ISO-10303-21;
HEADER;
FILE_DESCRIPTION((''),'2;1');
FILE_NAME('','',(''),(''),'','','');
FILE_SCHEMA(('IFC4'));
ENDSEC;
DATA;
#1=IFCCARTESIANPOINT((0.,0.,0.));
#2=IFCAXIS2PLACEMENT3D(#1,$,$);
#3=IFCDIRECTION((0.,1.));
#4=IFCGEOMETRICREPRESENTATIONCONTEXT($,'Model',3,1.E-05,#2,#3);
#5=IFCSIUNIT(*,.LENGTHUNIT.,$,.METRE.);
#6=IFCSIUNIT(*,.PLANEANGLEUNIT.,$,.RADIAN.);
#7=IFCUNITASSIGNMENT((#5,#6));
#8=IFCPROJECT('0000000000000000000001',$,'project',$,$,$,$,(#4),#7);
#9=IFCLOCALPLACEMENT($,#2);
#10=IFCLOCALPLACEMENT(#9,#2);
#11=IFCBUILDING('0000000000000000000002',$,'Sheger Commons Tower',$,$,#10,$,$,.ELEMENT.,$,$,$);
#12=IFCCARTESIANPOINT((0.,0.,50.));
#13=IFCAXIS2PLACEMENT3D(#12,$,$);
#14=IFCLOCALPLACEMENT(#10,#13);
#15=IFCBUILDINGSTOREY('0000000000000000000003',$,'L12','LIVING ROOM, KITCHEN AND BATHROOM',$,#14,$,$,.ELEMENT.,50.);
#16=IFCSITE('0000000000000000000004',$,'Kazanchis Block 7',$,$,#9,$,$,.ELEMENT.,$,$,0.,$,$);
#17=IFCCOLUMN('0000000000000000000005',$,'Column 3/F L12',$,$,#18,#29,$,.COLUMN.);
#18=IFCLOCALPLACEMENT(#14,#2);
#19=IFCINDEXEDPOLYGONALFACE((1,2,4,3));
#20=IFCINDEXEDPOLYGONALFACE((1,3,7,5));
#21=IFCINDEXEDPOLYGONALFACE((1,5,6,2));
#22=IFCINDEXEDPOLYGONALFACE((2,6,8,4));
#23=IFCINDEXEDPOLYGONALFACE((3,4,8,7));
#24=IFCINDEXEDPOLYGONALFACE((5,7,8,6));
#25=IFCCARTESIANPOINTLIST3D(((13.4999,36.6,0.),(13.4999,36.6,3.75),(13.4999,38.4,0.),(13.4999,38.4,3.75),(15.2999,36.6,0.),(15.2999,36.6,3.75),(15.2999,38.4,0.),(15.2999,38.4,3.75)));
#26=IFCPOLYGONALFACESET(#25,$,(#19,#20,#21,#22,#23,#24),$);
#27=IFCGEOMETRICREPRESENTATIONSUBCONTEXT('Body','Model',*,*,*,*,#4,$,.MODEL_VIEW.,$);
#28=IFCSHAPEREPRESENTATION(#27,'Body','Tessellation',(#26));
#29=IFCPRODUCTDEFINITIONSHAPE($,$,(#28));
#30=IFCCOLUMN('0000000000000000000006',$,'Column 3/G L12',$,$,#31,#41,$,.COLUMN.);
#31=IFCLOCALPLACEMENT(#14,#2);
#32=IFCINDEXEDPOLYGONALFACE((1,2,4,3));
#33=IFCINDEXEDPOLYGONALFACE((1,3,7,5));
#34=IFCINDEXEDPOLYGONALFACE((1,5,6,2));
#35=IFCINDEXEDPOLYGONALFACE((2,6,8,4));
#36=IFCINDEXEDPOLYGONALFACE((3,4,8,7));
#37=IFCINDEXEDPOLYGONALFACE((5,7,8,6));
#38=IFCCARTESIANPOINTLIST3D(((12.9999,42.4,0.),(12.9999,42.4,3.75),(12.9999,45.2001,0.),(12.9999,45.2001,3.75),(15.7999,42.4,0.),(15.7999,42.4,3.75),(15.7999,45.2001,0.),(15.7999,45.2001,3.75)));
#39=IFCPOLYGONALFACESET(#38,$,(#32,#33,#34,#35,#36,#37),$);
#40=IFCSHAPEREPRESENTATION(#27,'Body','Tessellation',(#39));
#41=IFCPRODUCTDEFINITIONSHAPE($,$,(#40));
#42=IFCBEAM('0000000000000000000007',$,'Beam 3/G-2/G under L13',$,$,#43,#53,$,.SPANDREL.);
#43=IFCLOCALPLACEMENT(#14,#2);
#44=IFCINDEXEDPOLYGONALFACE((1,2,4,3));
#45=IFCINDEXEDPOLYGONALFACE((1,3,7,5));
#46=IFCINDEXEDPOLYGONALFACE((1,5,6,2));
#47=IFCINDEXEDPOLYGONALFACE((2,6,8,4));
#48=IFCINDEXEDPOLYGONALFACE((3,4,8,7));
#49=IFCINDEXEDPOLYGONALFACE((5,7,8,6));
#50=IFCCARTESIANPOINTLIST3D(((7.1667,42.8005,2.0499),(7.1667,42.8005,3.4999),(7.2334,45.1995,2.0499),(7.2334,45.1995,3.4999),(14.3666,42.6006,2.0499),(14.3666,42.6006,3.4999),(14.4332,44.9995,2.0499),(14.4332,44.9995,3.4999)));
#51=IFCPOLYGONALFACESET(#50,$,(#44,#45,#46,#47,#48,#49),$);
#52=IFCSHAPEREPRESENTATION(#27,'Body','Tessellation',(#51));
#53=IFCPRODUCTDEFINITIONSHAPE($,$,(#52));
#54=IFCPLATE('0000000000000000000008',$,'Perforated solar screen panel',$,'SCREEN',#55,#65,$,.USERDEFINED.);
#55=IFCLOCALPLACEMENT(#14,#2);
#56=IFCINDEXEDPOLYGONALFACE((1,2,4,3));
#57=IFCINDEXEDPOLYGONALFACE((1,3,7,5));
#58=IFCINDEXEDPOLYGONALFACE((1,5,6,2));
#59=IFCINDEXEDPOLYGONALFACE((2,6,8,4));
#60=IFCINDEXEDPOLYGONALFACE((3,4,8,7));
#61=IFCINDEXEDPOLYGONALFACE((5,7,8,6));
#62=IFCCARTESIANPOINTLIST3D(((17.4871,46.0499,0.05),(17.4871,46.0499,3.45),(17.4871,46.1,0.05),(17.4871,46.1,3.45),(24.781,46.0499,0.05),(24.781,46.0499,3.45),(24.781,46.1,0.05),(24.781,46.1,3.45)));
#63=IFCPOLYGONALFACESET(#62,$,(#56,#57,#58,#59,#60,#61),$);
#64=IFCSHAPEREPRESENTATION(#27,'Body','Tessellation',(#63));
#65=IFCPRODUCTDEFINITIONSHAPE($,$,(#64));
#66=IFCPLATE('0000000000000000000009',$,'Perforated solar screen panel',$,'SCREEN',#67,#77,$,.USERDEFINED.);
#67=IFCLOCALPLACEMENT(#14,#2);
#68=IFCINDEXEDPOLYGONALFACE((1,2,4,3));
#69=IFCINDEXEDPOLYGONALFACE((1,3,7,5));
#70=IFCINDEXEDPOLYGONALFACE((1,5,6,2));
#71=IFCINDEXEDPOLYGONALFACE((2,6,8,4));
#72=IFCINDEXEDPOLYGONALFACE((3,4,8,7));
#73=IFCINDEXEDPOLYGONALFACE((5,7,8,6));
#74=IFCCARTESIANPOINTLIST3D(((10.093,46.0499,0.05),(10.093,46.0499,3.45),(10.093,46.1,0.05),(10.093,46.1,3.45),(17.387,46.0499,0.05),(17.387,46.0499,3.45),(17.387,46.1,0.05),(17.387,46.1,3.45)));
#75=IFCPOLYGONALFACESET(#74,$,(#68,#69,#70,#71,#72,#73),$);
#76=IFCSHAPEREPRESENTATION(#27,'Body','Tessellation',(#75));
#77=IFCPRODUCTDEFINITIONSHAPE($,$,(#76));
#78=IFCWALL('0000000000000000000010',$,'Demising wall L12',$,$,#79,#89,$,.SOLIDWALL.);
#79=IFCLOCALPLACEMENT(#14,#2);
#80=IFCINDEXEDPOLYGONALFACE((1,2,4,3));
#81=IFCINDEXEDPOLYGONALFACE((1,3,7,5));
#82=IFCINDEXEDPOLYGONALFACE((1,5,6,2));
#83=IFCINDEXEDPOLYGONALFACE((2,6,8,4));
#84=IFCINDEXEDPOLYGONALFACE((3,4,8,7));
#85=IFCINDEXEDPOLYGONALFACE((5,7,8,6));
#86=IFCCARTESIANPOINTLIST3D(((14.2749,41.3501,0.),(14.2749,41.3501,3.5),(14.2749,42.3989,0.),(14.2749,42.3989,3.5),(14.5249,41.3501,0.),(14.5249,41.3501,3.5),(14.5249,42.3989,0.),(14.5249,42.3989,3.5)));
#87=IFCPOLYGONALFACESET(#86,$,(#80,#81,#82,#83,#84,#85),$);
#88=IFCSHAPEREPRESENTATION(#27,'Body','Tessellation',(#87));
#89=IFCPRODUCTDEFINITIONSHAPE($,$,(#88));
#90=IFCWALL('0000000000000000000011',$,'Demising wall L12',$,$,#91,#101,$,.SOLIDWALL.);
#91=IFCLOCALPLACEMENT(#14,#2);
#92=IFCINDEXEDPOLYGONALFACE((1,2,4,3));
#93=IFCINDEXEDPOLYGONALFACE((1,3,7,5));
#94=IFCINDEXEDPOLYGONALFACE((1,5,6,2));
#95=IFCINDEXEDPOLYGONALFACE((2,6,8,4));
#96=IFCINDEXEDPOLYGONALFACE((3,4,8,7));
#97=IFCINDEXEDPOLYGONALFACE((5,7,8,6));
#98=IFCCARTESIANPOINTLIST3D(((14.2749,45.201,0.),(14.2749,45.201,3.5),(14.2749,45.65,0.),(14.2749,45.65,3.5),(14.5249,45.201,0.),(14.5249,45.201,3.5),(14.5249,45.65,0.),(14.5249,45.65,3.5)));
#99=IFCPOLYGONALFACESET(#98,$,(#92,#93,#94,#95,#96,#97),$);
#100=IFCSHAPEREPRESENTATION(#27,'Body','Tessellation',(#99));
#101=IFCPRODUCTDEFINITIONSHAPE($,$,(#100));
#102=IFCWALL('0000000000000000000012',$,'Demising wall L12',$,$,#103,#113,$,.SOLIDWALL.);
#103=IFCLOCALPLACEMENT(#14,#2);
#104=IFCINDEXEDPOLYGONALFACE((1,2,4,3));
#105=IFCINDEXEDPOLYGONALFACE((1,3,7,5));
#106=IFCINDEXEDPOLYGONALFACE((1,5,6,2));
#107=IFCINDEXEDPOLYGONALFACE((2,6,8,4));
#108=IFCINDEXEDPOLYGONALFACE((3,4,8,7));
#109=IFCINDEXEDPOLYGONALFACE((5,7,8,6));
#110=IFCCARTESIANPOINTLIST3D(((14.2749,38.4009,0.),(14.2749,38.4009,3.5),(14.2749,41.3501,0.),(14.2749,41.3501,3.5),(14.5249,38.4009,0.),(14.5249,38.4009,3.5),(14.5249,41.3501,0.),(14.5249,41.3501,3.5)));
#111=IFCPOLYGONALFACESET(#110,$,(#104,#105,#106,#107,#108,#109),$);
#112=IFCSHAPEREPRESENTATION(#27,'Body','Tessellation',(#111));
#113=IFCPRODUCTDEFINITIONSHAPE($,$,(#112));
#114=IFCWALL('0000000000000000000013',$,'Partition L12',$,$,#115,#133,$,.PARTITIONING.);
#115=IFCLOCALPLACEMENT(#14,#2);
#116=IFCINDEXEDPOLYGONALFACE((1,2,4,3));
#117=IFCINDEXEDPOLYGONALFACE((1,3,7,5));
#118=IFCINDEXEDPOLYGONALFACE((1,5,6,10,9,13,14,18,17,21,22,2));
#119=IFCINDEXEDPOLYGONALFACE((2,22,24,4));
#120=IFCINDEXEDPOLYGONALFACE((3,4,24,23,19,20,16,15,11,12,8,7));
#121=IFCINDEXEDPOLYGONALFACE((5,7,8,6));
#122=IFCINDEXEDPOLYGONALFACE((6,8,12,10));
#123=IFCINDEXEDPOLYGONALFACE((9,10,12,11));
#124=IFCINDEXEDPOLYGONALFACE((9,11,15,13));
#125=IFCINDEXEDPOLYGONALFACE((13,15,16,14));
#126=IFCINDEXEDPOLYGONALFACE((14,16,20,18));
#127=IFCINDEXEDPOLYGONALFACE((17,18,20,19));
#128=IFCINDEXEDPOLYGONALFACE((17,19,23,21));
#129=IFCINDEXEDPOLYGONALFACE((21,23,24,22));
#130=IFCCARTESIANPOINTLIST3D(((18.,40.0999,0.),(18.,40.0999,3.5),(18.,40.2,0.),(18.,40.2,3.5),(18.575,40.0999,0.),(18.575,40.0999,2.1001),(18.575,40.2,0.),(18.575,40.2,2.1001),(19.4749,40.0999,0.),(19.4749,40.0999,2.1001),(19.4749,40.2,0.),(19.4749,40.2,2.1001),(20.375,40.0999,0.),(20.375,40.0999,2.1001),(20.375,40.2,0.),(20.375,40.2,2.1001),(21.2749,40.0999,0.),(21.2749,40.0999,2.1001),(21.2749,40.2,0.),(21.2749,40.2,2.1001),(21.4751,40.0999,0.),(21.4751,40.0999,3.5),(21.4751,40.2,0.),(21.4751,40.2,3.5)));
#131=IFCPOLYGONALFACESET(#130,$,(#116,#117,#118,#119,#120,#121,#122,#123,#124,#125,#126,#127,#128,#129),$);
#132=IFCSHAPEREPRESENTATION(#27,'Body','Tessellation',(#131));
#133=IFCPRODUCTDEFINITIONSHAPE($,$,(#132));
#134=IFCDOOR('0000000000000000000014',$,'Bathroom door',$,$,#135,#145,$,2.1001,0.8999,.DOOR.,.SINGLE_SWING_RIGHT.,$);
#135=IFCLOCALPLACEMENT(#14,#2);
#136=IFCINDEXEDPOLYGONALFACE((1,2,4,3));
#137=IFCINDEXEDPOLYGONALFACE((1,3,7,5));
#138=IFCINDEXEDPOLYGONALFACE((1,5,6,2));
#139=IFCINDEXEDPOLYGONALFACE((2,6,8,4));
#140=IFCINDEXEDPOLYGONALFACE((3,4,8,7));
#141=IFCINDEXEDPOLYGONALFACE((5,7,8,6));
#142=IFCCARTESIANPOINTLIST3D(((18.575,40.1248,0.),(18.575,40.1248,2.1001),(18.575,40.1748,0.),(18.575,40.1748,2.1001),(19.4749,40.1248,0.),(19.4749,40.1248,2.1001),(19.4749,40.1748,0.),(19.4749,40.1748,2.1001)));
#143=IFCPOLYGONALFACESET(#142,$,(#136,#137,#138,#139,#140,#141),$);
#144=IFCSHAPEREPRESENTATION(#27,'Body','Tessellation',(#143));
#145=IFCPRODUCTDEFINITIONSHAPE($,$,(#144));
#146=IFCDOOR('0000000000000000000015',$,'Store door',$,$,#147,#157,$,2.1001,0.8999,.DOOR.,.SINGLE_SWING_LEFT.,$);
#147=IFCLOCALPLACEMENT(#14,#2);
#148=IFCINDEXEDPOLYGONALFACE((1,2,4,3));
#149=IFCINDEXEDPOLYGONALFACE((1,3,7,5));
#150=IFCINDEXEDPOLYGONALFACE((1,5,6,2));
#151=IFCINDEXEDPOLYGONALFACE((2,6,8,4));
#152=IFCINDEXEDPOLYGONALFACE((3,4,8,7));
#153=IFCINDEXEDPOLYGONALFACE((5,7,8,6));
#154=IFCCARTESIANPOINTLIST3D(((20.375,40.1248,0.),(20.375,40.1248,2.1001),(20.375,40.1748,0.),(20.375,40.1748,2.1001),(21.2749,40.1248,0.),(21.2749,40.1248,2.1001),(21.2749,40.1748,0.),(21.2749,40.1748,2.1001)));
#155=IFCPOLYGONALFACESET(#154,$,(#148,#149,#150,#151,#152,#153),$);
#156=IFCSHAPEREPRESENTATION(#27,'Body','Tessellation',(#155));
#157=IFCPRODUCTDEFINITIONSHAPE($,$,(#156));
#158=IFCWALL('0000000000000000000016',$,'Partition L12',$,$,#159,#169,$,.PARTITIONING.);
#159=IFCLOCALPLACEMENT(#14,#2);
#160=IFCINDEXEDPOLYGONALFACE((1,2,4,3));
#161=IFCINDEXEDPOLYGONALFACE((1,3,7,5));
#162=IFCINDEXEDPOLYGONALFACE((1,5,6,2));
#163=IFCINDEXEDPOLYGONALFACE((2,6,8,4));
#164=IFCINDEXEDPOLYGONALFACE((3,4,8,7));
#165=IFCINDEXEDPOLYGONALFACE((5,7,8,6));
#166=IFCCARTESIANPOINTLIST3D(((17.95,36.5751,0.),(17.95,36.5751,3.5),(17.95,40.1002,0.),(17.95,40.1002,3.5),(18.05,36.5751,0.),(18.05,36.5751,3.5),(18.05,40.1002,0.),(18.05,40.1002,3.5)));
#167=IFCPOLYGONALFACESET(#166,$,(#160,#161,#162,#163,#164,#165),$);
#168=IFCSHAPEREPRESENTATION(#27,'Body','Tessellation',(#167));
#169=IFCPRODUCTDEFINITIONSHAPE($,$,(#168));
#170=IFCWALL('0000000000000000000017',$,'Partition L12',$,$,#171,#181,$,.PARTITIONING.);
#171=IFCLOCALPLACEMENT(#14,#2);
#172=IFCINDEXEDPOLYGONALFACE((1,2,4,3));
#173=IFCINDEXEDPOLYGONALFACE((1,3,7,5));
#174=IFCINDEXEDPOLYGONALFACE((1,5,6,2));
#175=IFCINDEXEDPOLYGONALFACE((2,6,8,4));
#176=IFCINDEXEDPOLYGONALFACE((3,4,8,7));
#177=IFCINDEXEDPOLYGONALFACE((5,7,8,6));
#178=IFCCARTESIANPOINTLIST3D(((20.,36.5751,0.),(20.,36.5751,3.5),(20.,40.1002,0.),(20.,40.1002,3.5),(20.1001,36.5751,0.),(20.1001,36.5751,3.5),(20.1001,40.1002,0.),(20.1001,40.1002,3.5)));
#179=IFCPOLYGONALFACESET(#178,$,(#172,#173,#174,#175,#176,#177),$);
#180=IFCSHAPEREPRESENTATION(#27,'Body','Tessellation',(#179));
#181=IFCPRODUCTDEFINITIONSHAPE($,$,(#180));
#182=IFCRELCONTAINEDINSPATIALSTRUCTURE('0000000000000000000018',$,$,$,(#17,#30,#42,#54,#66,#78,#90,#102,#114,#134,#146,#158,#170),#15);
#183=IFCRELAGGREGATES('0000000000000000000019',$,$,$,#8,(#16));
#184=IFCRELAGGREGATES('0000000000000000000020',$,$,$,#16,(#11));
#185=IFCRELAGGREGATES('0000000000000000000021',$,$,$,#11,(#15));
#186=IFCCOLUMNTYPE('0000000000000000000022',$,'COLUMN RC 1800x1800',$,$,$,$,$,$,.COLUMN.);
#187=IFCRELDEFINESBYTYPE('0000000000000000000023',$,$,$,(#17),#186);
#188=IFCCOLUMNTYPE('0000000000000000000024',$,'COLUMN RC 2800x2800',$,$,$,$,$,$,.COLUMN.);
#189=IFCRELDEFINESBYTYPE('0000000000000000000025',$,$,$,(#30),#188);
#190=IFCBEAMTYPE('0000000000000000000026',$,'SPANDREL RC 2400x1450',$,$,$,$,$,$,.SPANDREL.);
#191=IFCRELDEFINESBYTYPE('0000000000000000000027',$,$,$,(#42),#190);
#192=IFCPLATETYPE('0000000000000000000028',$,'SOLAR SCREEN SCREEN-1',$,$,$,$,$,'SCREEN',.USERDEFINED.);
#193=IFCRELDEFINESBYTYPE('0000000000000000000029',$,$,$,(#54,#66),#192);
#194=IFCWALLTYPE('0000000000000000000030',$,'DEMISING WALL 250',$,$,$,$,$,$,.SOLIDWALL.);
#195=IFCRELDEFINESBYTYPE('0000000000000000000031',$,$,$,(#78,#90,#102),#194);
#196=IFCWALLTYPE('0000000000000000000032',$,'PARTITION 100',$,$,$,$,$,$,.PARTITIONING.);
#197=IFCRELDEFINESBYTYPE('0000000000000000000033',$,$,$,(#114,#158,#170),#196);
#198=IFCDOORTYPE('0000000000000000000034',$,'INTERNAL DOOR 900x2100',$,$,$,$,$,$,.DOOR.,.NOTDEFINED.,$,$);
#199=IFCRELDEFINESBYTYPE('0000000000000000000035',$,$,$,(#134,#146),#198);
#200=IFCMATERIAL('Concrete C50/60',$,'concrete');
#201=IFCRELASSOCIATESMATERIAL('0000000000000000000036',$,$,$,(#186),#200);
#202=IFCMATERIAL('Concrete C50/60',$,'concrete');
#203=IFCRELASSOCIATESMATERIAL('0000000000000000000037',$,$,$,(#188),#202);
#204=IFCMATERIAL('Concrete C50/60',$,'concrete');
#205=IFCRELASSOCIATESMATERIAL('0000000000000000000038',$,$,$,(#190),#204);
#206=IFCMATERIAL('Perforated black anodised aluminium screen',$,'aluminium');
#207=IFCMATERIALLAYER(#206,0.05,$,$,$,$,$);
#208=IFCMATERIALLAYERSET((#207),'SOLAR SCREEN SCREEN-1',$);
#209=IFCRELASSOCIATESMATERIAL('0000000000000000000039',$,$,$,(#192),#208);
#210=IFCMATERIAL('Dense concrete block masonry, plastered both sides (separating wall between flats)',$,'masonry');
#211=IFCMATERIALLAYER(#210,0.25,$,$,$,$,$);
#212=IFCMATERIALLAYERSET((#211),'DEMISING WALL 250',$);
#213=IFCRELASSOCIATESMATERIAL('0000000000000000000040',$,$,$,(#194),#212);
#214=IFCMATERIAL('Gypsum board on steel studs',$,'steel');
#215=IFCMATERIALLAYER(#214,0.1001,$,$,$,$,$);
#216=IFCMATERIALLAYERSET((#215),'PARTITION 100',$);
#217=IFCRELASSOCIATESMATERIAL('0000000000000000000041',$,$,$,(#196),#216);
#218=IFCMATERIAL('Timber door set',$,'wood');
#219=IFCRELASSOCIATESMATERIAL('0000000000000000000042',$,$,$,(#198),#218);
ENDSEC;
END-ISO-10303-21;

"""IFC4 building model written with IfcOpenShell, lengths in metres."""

from ifc_helpers import new_model, si_unit, direction, frame, frame_2d, origin, origin_2d, place, context, subcontext, project, spatial, rectangle, extrude, material, layer, layer_set, material_profile, profile_set, type_object, element, fill, save


model = new_model("IFC4")

# Units and contexts
model_context = context("Model", 3, precision=1e-05, world=origin(), true_north=direction((0.0, 1.0)))
body_context = subcontext(model_context, "Body", "Model", "MODEL_VIEW")
ifc_project = project(units=[si_unit("LENGTHUNIT", "METRE"), si_unit("PLANEANGLEUNIT", "RADIAN")], contexts=[model_context])

# Site, building, storey
site_placement = place(None, origin())
site = spatial("IfcSite", under=ifc_project, at=site_placement, Name="Kazanchis Block 7", CompositionType="ELEMENT", RefElevation=0.0)
building_placement = place(site_placement, origin())
building = spatial("IfcBuilding", under=site, at=building_placement, Name="Sheger Commons Tower", CompositionType="ELEMENT")
storey_placement = place(building_placement, frame((0.0, 0.0, 50.0)))
storey = spatial("IfcBuildingStorey", under=building, at=storey_placement, Name="L12", Description="LIVING ROOM, KITCHEN AND BATHROOM", CompositionType="ELEMENT", Elevation=50.0)

# Columns
ifc_material_1 = material(Name="Concrete C50/60", Category="concrete")
ifc_material_profile_1 = material_profile(ifc_material_1, rectangle(XDim=1.8, YDim=1.8, at=origin_2d()), Name="RC 1800x1800")
ifc_profile_set_1 = profile_set([ifc_material_profile_1], Name="Concrete C50/60")
column_type_1 = type_object("IfcColumnType", Name="COLUMN RC 1800x1800", PredefinedType="COLUMN", material=ifc_profile_set_1)
column_1_placement = place(storey_placement, frame((14.3999, 37.5, 0.0), z_axis=(0.0, 0.0, 1.0), x_axis=(1.0, 0.0, 0.0)))
element("IfcColumn", 1, at=column_1_placement, inside=storey, type_object=column_type_1, Name="Column 3/F L12", PredefinedType="COLUMN", context=body_context, shape_type="SweptSolid", body=[
    extrude(rectangle(XDim=1.8, YDim=1.8, at=origin_2d()), origin(), (0.0, 0.0, 1.0), 3.75),
])
ifc_material_2 = material(Name="Concrete C50/60", Category="concrete")
ifc_material_profile_2 = material_profile(ifc_material_2, rectangle(XDim=2.8, YDim=2.8, at=origin_2d()), Name="RC 2800x2800")
ifc_profile_set_2 = profile_set([ifc_material_profile_2], Name="Concrete C50/60")
column_type_2 = type_object("IfcColumnType", Name="COLUMN RC 2800x2800", PredefinedType="COLUMN", material=ifc_profile_set_2)
column_2_placement = place(storey_placement, frame((14.3999, 43.8, 0.0), z_axis=(0.0, 0.0, 1.0), x_axis=(1.0, 0.0, 0.0)))
element("IfcColumn", 2, at=column_2_placement, inside=storey, type_object=column_type_2, Name="Column 3/G L12", PredefinedType="COLUMN", context=body_context, shape_type="SweptSolid", body=[
    extrude(rectangle(XDim=2.8, YDim=2.8, at=origin_2d()), origin(), (0.0, 0.0, 1.0), 3.75),
])

# Beam
ifc_material_3 = material(Name="Concrete C50/60", Category="concrete")
ifc_material_profile_3 = material_profile(ifc_material_3, rectangle(XDim=2.3999, YDim=1.45, at=origin_2d()), Name="RC 2400x1450")
ifc_profile_set_3 = profile_set([ifc_material_profile_3], Name="Concrete C50/60")
beam_type = type_object("IfcBeamType", Name="SPANDREL RC 2400x1450", PredefinedType="SPANDREL", material=ifc_profile_set_3)
beam_placement = place(storey_placement, frame((14.3999, 43.8, 2.7749), z_axis=(-0.999615, 0.02776, 0.0), x_axis=(-0.02776, -0.999615, 0.0)))
element("IfcBeam", 3, at=beam_placement, inside=storey, type_object=beam_type, Name="Beam 3/G-2/G under L13", PredefinedType="SPANDREL", context=body_context, shape_type="SweptSolid", body=[
    extrude(rectangle(XDim=2.3999, YDim=1.45, at=origin_2d()), origin(), (0.0, 0.0, 1.0), 7.2026),
])

# Plates
ifc_material_4 = material(Name="Perforated black anodised aluminium screen", Category="aluminium")
ifc_layer_1 = layer(ifc_material_4, 0.05)
ifc_layer_set_1 = layer_set([ifc_layer_1], Name="SOLAR SCREEN SCREEN-1")
plate_type = type_object("IfcPlateType", Name="SOLAR SCREEN SCREEN-1", ElementType="SCREEN", PredefinedType="USERDEFINED", material=ifc_layer_set_1)
for number, where, z_axis, x_axis, name in (
    (4, (21.134, 46.075, 0.05), (0.0, 0.0, 1.0), (-1.0, 0.0, 0.0), "Perforated solar screen panel"),
    (5, (13.74, 46.075, 0.05), (0.0, 0.0, 1.0), (-1.0, 0.0, 0.0), "Perforated solar screen panel"),
):
    element("IfcPlate", number, at=place(storey_placement, frame(where, z_axis=z_axis, x_axis=x_axis)), inside=storey, type_object=plate_type, Name=name, ObjectType="SCREEN", PredefinedType="USERDEFINED", context=body_context, shape_type="SweptSolid", body=[
        extrude(rectangle(XDim=7.2939, YDim=0.05, at=origin_2d()), origin(), (0.0, 0.0, 1.0), 3.3999),
    ])

# Walls
ifc_material_5 = material(Name="Dense concrete block masonry, plastered both sides (separating wall between flats)", Category="masonry")
ifc_layer_2 = layer(ifc_material_5, 0.25)
ifc_layer_set_2 = layer_set([ifc_layer_2], Name="DEMISING WALL 250")
wall_type_1 = type_object("IfcWallType", Name="DEMISING WALL 250", PredefinedType="SOLIDWALL", material=ifc_layer_set_2)
wall_1_placement = place(storey_placement, frame((14.3999, 41.3501, 0.0), z_axis=(0.0, 0.0, 1.0), x_axis=(0.0, 1.0, 0.0)))
element("IfcWall", 6, at=wall_1_placement, inside=storey, type_object=wall_type_1, Name="Demising wall L12", PredefinedType="SOLIDWALL", context=body_context, shape_type="SweptSolid", body=[
    extrude(rectangle(XDim=1.0488, YDim=0.25, at=frame_2d((0.5244, 0.0))), origin(), (0.0, 0.0, 1.0), 3.5),
])
wall_2_placement = place(storey_placement, frame((14.3999, 45.2009, 0.0), z_axis=(0.0, 0.0, 1.0), x_axis=(0.0, 1.0, 0.0)))
element("IfcWall", 7, at=wall_2_placement, inside=storey, type_object=wall_type_1, Name="Demising wall L12", PredefinedType="SOLIDWALL", context=body_context, shape_type="SweptSolid", body=[
    extrude(rectangle(XDim=0.449, YDim=0.25, at=frame_2d((0.2246, 0.0))), origin(), (0.0, 0.0, 1.0), 3.5),
])
wall_3_placement = place(storey_placement, frame((14.3999, 38.4009, 0.0), z_axis=(0.0, 0.0, 1.0), x_axis=(0.0, 1.0, 0.0)))
element("IfcWall", 8, at=wall_3_placement, inside=storey, type_object=wall_type_1, Name="Demising wall L12", PredefinedType="SOLIDWALL", context=body_context, shape_type="SweptSolid", body=[
    extrude(rectangle(XDim=2.9492, YDim=0.25, at=frame_2d((1.4746, 0.0))), origin(), (0.0, 0.0, 1.0), 3.5),
])

# Wall, openings, doors
ifc_material_6 = material(Name="Gypsum board on steel studs", Category="steel")
ifc_layer_3 = layer(ifc_material_6, 0.1001)
ifc_layer_set_3 = layer_set([ifc_layer_3], Name="PARTITION 100")
wall_type_2 = type_object("IfcWallType", Name="PARTITION 100", PredefinedType="PARTITIONING", material=ifc_layer_set_3)
wall_4_placement = place(storey_placement, frame((18.0, 40.1499, 0.0), z_axis=(0.0, 0.0, 1.0), x_axis=(1.0, 0.0, 0.0)))
wall_4 = element("IfcWall", 9, at=wall_4_placement, inside=storey, type_object=wall_type_2, Name="Partition L12", PredefinedType="PARTITIONING", context=body_context, shape_type="SweptSolid", body=[
    extrude(rectangle(XDim=3.4751, YDim=0.1001, at=frame_2d((1.7375, 0.0))), origin(), (0.0, 0.0, 1.0), 3.5),
])
opening_1_placement = place(wall_4_placement, frame((0.575, 0.0, 0.0)))
opening_1 = element("IfcOpeningElement", 10, at=opening_1_placement, cuts=wall_4, PredefinedType="OPENING", context=body_context, shape_type="SweptSolid", body=[
    extrude(rectangle(XDim=0.8999, YDim=2.1001, at=frame_2d((0.45, 1.05))), frame((0.0, 0.0601, 0.0), z_axis=(0.0, -1.0, 0.0), x_axis=(1.0, 0.0, 0.0)), (0.0, 0.0, 1.0), 0.1201),
])
opening_2_placement = place(wall_4_placement, frame((2.375, 0.0, 0.0)))
opening_2 = element("IfcOpeningElement", 11, at=opening_2_placement, cuts=wall_4, PredefinedType="OPENING", context=body_context, shape_type="SweptSolid", body=[
    extrude(rectangle(XDim=0.8999, YDim=2.1001, at=frame_2d((0.45, 1.05))), frame((0.0, 0.0601, 0.0), z_axis=(0.0, -1.0, 0.0), x_axis=(1.0, 0.0, 0.0)), (0.0, 0.0, 1.0), 0.1201),
])
ifc_material_7 = material(Name="Timber door set", Category="wood")
door_type = type_object("IfcDoorType", Name="INTERNAL DOOR 900x2100", OperationType="NOTDEFINED", PredefinedType="DOOR", material=ifc_material_7)
door_1_placement = place(opening_1_placement, origin())
door_1 = element("IfcDoor", 12, at=door_1_placement, inside=storey, type_object=door_type, Name="Bathroom door", OperationType="SINGLE_SWING_RIGHT", OverallHeight=2.1001, OverallWidth=0.8999, PredefinedType="DOOR", context=body_context, shape_type="SweptSolid", body=[
    extrude(rectangle(XDim=0.8999, YDim=2.1001, at=frame_2d((0.45, 1.05))), frame((0.0, 0.0249, 0.0), z_axis=(0.0, -1.0, 0.0), x_axis=(1.0, 0.0, 0.0)), (0.0, 0.0, 1.0), 0.05),
])
fill(opening_1, door_1)
door_2_placement = place(opening_2_placement, origin())
door_2 = element("IfcDoor", 13, at=door_2_placement, inside=storey, type_object=door_type, Name="Store door", OperationType="SINGLE_SWING_LEFT", OverallHeight=2.1001, OverallWidth=0.8999, PredefinedType="DOOR", context=body_context, shape_type="SweptSolid", body=[
    extrude(rectangle(XDim=0.8999, YDim=2.1001, at=frame_2d((0.45, 1.05))), frame((0.0, 0.0249, 0.0), z_axis=(0.0, -1.0, 0.0), x_axis=(1.0, 0.0, 0.0)), (0.0, 0.0, 1.0), 0.05),
])
fill(opening_2, door_2)

# Walls
for number, where, z_axis, x_axis, name in (
    (14, (18.0, 36.575, 0.0), (0.0, 0.0, 1.0), (0.0, 1.0, 0.0), "Partition L12"),
    (15, (20.05, 36.575, 0.0), (0.0, 0.0, 1.0), (0.0, 1.0, 0.0), "Partition L12"),
):
    element("IfcWall", number, at=place(storey_placement, frame(where, z_axis=z_axis, x_axis=x_axis)), inside=storey, type_object=wall_type_2, Name=name, PredefinedType="PARTITIONING", context=body_context, shape_type="SweptSolid", body=[
        extrude(rectangle(XDim=3.5251, YDim=0.1001, at=frame_2d((1.7627, 0.0))), origin(), (0.0, 0.0, 1.0), 3.5),
    ])

save(model, "model.ifc")
